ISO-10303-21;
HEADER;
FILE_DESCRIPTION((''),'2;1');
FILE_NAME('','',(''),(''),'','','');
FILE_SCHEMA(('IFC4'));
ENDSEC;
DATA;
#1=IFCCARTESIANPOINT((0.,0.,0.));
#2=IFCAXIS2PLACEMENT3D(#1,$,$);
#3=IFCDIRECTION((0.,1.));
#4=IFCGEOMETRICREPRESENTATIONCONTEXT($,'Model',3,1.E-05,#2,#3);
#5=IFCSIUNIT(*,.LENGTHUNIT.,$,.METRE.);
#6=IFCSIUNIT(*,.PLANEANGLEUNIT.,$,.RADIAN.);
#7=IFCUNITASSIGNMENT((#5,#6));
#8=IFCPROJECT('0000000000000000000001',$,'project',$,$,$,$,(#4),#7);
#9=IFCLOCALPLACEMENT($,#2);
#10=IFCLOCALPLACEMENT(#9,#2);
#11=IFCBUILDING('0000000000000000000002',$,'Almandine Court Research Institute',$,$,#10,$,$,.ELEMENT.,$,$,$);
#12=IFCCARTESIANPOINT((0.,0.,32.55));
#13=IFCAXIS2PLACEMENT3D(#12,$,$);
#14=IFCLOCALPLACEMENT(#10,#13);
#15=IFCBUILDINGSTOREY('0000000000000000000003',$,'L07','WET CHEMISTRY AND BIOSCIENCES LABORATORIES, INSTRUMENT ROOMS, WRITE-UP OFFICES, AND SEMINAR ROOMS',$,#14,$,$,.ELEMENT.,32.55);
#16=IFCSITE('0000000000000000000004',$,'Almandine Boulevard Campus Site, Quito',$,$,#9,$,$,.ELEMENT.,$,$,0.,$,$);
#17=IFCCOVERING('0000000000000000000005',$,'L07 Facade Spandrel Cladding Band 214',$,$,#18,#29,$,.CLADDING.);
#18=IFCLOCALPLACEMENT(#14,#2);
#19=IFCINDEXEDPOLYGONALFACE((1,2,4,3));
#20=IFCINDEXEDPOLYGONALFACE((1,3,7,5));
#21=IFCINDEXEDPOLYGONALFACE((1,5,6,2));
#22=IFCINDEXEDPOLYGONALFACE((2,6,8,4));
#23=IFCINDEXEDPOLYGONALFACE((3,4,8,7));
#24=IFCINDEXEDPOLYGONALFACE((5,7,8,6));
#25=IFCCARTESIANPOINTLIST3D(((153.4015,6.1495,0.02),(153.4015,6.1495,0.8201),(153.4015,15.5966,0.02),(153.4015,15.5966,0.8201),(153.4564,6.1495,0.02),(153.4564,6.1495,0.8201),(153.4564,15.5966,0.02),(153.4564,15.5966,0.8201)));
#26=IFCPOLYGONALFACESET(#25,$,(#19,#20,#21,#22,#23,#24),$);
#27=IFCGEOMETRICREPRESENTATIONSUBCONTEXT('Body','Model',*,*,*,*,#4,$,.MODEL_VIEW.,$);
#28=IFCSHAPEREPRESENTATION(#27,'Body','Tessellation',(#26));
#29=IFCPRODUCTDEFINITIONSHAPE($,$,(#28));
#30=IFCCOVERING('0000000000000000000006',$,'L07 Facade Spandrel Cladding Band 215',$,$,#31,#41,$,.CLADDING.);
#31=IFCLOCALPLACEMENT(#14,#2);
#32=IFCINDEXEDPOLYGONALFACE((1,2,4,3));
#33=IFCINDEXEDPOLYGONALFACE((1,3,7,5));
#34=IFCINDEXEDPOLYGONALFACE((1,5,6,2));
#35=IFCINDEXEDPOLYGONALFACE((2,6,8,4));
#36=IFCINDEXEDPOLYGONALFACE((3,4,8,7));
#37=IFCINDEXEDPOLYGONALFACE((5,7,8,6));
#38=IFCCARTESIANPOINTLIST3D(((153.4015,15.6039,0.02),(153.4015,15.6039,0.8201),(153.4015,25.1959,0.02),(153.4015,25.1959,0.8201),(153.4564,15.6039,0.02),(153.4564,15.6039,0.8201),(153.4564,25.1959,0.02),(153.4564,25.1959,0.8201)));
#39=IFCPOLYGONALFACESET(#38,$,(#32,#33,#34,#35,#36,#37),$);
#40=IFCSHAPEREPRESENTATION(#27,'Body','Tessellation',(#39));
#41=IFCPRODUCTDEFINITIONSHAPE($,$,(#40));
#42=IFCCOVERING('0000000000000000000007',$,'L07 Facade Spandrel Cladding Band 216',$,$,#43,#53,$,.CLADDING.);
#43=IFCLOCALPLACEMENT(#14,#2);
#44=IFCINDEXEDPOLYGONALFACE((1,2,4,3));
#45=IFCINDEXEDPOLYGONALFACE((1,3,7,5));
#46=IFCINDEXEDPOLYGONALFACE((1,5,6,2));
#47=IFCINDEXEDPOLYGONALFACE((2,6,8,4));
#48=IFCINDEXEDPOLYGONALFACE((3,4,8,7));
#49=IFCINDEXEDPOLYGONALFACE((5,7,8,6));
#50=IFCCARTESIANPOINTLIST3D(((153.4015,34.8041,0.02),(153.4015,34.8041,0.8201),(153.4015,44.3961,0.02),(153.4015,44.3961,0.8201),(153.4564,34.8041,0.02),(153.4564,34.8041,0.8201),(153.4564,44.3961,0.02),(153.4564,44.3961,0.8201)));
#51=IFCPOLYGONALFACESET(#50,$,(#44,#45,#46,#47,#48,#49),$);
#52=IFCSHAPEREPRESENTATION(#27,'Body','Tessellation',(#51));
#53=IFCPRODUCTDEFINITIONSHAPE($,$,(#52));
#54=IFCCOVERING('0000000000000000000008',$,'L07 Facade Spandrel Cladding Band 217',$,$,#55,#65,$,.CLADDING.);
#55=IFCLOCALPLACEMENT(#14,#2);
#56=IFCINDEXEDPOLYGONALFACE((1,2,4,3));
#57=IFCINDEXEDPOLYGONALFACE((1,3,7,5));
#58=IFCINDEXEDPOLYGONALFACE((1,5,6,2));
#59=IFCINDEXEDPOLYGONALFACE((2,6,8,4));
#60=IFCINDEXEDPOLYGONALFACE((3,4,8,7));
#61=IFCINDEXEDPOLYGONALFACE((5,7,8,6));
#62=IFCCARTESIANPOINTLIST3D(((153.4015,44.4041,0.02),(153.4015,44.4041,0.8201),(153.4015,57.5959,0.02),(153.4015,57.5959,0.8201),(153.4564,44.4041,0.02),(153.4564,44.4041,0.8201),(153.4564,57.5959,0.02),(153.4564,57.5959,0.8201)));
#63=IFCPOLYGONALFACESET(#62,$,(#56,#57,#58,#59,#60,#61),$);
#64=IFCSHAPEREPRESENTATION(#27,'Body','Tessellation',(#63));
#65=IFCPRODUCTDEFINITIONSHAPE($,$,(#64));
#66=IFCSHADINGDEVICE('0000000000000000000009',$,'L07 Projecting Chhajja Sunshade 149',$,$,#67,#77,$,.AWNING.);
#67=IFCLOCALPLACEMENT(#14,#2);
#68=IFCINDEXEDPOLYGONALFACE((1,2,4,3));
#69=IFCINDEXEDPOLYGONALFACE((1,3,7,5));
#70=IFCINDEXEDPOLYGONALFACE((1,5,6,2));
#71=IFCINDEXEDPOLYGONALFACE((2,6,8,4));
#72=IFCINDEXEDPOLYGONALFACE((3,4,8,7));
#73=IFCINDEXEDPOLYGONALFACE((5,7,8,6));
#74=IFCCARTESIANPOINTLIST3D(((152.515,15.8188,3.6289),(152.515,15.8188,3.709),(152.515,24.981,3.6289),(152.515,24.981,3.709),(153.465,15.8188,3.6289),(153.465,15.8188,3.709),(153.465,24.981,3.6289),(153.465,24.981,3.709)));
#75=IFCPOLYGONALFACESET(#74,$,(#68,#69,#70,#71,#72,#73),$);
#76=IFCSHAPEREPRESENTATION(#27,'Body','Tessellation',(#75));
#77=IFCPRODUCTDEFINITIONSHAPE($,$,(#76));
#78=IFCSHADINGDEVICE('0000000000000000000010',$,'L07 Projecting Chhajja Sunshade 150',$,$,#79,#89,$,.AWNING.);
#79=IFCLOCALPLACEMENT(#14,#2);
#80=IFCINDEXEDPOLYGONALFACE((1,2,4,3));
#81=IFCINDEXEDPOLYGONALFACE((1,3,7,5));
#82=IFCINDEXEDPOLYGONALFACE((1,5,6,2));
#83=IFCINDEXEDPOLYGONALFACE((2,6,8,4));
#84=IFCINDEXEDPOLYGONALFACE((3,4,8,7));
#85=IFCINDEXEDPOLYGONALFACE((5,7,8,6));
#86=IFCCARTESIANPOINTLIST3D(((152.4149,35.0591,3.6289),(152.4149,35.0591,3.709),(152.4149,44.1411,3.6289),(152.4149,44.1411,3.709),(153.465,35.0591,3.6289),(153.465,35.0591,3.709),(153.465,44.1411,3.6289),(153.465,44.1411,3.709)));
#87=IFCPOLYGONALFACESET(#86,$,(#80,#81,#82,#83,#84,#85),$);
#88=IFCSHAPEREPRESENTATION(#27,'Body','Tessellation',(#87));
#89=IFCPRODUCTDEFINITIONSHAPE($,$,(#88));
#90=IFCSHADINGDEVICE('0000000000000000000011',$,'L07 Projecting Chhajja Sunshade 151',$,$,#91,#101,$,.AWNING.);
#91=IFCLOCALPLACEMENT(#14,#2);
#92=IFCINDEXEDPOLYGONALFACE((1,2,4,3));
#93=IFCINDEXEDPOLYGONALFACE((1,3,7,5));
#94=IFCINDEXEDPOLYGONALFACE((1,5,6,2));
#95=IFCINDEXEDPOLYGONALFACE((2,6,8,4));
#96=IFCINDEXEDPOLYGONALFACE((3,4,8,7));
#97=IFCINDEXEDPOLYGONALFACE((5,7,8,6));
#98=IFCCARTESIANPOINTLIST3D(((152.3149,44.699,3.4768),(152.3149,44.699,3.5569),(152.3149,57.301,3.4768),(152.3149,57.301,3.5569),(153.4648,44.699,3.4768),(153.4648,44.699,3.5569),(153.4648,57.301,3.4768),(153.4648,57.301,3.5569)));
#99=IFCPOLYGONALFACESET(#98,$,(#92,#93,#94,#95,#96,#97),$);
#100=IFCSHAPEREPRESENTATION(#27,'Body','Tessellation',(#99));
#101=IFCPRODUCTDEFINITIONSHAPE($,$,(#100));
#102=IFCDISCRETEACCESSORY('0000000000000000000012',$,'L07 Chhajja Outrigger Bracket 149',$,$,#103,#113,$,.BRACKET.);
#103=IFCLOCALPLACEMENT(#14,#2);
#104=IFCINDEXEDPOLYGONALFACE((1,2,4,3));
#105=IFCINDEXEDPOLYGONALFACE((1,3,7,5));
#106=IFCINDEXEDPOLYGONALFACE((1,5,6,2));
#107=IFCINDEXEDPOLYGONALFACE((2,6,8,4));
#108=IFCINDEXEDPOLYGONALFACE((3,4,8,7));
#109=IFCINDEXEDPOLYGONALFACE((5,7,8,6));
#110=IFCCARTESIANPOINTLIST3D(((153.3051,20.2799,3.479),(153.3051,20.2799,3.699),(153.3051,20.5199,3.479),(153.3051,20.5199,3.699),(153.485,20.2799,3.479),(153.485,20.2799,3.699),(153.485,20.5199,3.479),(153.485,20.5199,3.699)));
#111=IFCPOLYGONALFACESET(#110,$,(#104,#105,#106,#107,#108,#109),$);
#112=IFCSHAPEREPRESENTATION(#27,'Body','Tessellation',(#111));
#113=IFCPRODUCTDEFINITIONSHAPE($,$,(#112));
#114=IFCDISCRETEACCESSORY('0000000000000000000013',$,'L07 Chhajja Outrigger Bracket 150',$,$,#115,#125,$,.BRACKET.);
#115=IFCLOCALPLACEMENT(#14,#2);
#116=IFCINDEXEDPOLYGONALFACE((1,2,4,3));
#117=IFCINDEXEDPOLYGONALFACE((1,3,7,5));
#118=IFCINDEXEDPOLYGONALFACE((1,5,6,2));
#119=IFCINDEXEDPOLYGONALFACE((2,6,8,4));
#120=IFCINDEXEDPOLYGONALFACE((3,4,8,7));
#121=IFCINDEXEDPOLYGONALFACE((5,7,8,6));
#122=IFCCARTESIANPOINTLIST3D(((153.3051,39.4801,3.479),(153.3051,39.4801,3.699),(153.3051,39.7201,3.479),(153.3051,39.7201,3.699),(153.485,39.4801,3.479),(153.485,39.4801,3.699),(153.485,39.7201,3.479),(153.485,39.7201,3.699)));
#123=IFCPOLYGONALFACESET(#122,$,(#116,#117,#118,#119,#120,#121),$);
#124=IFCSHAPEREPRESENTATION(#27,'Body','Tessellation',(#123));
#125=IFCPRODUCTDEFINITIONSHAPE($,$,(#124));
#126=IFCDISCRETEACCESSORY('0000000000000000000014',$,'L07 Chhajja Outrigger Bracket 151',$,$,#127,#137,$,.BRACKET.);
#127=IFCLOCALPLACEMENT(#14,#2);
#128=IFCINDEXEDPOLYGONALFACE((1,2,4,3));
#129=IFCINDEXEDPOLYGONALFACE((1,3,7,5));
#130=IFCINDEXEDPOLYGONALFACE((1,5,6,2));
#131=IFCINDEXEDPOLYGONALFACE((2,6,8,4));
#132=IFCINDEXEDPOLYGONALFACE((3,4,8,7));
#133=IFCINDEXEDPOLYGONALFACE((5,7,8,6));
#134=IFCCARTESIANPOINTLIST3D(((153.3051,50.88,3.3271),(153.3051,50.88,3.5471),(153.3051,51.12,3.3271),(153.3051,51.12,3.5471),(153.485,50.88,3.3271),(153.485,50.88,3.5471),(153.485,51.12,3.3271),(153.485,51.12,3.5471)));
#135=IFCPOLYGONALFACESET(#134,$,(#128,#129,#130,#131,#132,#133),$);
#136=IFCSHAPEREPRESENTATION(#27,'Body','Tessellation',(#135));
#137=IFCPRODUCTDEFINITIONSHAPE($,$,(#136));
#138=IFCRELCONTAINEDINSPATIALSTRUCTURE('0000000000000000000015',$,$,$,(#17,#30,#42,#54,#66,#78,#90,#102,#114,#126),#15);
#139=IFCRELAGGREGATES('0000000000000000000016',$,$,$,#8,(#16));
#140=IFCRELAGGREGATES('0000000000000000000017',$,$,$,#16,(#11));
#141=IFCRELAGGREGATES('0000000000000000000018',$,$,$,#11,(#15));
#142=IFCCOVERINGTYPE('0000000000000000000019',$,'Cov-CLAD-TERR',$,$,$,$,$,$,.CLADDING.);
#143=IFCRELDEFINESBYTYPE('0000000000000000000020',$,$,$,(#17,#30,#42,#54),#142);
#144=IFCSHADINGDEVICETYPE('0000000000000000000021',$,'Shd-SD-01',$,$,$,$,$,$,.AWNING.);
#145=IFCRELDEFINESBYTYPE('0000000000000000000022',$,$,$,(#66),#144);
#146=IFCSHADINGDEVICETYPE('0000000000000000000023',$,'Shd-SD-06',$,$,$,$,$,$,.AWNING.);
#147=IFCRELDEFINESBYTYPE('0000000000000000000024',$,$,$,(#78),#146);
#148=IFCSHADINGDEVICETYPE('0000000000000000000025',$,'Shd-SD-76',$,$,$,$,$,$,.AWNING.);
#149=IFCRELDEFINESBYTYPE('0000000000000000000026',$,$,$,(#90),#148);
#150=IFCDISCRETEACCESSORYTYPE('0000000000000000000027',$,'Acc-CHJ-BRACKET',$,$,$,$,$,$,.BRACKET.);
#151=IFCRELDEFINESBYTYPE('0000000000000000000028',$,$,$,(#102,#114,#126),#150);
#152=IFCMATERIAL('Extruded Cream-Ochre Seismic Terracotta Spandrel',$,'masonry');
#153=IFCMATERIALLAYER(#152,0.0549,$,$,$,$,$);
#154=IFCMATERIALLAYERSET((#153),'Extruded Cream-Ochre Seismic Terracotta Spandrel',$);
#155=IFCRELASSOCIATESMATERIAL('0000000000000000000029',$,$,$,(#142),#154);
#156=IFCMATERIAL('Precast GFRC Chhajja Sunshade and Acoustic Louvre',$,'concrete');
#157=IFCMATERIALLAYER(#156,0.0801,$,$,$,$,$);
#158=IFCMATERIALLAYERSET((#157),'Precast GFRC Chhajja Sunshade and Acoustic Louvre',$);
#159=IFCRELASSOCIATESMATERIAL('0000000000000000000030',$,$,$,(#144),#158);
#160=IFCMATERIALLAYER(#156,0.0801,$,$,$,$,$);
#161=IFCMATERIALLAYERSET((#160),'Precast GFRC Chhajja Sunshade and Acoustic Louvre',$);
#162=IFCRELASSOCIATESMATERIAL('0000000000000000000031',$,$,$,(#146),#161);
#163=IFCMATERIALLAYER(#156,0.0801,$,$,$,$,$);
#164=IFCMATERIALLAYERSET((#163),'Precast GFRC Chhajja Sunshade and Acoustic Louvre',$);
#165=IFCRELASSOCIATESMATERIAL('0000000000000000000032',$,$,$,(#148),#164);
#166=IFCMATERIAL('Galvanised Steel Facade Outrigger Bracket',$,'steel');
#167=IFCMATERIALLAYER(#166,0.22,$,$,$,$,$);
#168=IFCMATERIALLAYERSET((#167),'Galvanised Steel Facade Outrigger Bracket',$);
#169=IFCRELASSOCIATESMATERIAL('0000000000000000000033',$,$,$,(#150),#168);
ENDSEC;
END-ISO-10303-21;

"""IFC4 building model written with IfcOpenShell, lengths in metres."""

from ifc_helpers import new_model, si_unit, direction, frame, origin, origin_2d, place, context, subcontext, project, spatial, rectangle, extrude, material, layer, layer_set, type_object, element, save


model = new_model("IFC4")

# Units and contexts
model_context = context("Model", 3, precision=1e-05, world=origin(), true_north=direction((0.0, 1.0)))
body_context = subcontext(model_context, "Body", "Model", "MODEL_VIEW")
ifc_project = project(units=[si_unit("LENGTHUNIT", "METRE"), si_unit("PLANEANGLEUNIT", "RADIAN")], contexts=[model_context])

# Site, building, storey
site_placement = place(None, origin())
site = spatial("IfcSite", under=ifc_project, at=site_placement, Name="Almandine Boulevard Campus Site, Quito", CompositionType="ELEMENT", RefElevation=0.0)
building_placement = place(site_placement, origin())
building = spatial("IfcBuilding", under=site, at=building_placement, Name="Almandine Court Research Institute", CompositionType="ELEMENT")
storey_placement = place(building_placement, frame((0.0, 0.0, 32.55)))
storey = spatial("IfcBuildingStorey", under=building, at=storey_placement, Name="L07", Description="WET CHEMISTRY AND BIOSCIENCES LABORATORIES, INSTRUMENT ROOMS, WRITE-UP OFFICES, AND SEMINAR ROOMS", CompositionType="ELEMENT", Elevation=32.55)

# Coverings
ifc_material_1 = material(Name="Extruded Cream-Ochre Seismic Terracotta Spandrel", Category="masonry")
ifc_layer_1 = layer(ifc_material_1, 0.0549)
ifc_layer_set_1 = layer_set([ifc_layer_1], Name="Extruded Cream-Ochre Seismic Terracotta Spandrel")
covering_type = type_object("IfcCoveringType", Name="Cov-CLAD-TERR", PredefinedType="CLADDING", material=ifc_layer_set_1)
covering_1_placement = place(storey_placement, frame((153.429, 10.873, 0.02), z_axis=(0.0, 0.0, 1.0), x_axis=(0.0, 1.0, 0.0)))
element("IfcCovering", 1, at=covering_1_placement, inside=storey, type_object=covering_type, Name="L07 Facade Spandrel Cladding Band 214", PredefinedType="CLADDING", context=body_context, shape_type="SweptSolid", body=[
    extrude(rectangle(XDim=9.447, YDim=0.0549, at=origin_2d()), origin(), (0.0, 0.0, 1.0), 0.8),
])
for number, where, z_axis, x_axis, name in (
    (2, (153.429, 20.3999, 0.02), (0.0, 0.0, 1.0), (0.0, 1.0, 0.0), "L07 Facade Spandrel Cladding Band 215"),
    (3, (153.429, 39.6001, 0.02), (0.0, 0.0, 1.0), (0.0, 1.0, 0.0), "L07 Facade Spandrel Cladding Band 216"),
):
    element("IfcCovering", number, at=place(storey_placement, frame(where, z_axis=z_axis, x_axis=x_axis)), inside=storey, type_object=covering_type, Name=name, PredefinedType="CLADDING", context=body_context, shape_type="SweptSolid", body=[
        extrude(rectangle(XDim=9.592, YDim=0.0549, at=origin_2d()), origin(), (0.0, 0.0, 1.0), 0.8),
    ])
covering_2_placement = place(storey_placement, frame((153.429, 51.0, 0.02), z_axis=(0.0, 0.0, 1.0), x_axis=(0.0, 1.0, 0.0)))
element("IfcCovering", 4, at=covering_2_placement, inside=storey, type_object=covering_type, Name="L07 Facade Spandrel Cladding Band 217", PredefinedType="CLADDING", context=body_context, shape_type="SweptSolid", body=[
    extrude(rectangle(XDim=13.1919, YDim=0.0549, at=origin_2d()), origin(), (0.0, 0.0, 1.0), 0.8),
])

# Shading devices
ifc_material_2 = material(Name="Precast GFRC Chhajja Sunshade and Acoustic Louvre", Category="concrete")
ifc_layer_2 = layer(ifc_material_2, 0.0801)
ifc_layer_set_2 = layer_set([ifc_layer_2], Name="Precast GFRC Chhajja Sunshade and Acoustic Louvre")
shading_device_type_1 = type_object("IfcShadingDeviceType", Name="Shd-SD-01", PredefinedType="AWNING", material=ifc_layer_set_2)
shading_device_1_placement = place(storey_placement, frame((152.99, 20.3999, 3.6289), z_axis=(0.0, 0.0, 1.0), x_axis=(0.0, 1.0, 0.0)))
element("IfcShadingDevice", 5, at=shading_device_1_placement, inside=storey, type_object=shading_device_type_1, Name="L07 Projecting Chhajja Sunshade 149", PredefinedType="AWNING", context=body_context, shape_type="SweptSolid", body=[
    extrude(rectangle(XDim=9.1621, YDim=0.95, at=origin_2d()), origin(), (0.0, 0.0, 1.0), 0.0801),
])
ifc_layer_3 = layer(ifc_material_2, 0.0801)
ifc_layer_set_3 = layer_set([ifc_layer_3], Name="Precast GFRC Chhajja Sunshade and Acoustic Louvre")
shading_device_type_2 = type_object("IfcShadingDeviceType", Name="Shd-SD-06", PredefinedType="AWNING", material=ifc_layer_set_3)
shading_device_2_placement = place(storey_placement, frame((152.9399, 39.6001, 3.6289), z_axis=(0.0, 0.0, 1.0), x_axis=(0.0, 1.0, 0.0)))
element("IfcShadingDevice", 6, at=shading_device_2_placement, inside=storey, type_object=shading_device_type_2, Name="L07 Projecting Chhajja Sunshade 150", PredefinedType="AWNING", context=body_context, shape_type="SweptSolid", body=[
    extrude(rectangle(XDim=9.082, YDim=1.05, at=origin_2d()), origin(), (0.0, 0.0, 1.0), 0.0801),
])
ifc_layer_4 = layer(ifc_material_2, 0.0801)
ifc_layer_set_4 = layer_set([ifc_layer_4], Name="Precast GFRC Chhajja Sunshade and Acoustic Louvre")
shading_device_type_3 = type_object("IfcShadingDeviceType", Name="Shd-SD-76", PredefinedType="AWNING", material=ifc_layer_set_4)
shading_device_3_placement = place(storey_placement, frame((152.8899, 51.0, 3.4768), z_axis=(0.0, 0.0, 1.0), x_axis=(0.0, 1.0, 0.0)))
element("IfcShadingDevice", 7, at=shading_device_3_placement, inside=storey, type_object=shading_device_type_3, Name="L07 Projecting Chhajja Sunshade 151", PredefinedType="AWNING", context=body_context, shape_type="SweptSolid", body=[
    extrude(rectangle(XDim=12.6021, YDim=1.1499, at=origin_2d()), origin(), (0.0, 0.0, 1.0), 0.0801),
])

# Discrete accessories
ifc_material_3 = material(Name="Galvanised Steel Facade Outrigger Bracket", Category="steel")
ifc_layer_5 = layer(ifc_material_3, 0.22)
ifc_layer_set_5 = layer_set([ifc_layer_5], Name="Galvanised Steel Facade Outrigger Bracket")
discrete_accessory_type = type_object("IfcDiscreteAccessoryType", Name="Acc-CHJ-BRACKET", PredefinedType="BRACKET", material=ifc_layer_set_5)
for number, where, z_axis, x_axis, name in (
    (8, (153.395, 20.3999, 3.479), (0.0, 0.0, 1.0), (0.0, 1.0, 0.0), "L07 Chhajja Outrigger Bracket 149"),
    (9, (153.395, 39.6001, 3.479), (0.0, 0.0, 1.0), (0.0, 1.0, 0.0), "L07 Chhajja Outrigger Bracket 150"),
    (10, (153.395, 51.0, 3.3271), (0.0, 0.0, 1.0), (0.0, 1.0, 0.0), "L07 Chhajja Outrigger Bracket 151"),
):
    element("IfcDiscreteAccessory", number, at=place(storey_placement, frame(where, z_axis=z_axis, x_axis=x_axis)), inside=storey, type_object=discrete_accessory_type, Name=name, PredefinedType="BRACKET", context=body_context, shape_type="SweptSolid", body=[
        extrude(rectangle(XDim=0.24, YDim=0.1799, at=origin_2d()), origin(), (0.0, 0.0, 1.0), 0.22),
    ])

save(model, "model.ifc")
